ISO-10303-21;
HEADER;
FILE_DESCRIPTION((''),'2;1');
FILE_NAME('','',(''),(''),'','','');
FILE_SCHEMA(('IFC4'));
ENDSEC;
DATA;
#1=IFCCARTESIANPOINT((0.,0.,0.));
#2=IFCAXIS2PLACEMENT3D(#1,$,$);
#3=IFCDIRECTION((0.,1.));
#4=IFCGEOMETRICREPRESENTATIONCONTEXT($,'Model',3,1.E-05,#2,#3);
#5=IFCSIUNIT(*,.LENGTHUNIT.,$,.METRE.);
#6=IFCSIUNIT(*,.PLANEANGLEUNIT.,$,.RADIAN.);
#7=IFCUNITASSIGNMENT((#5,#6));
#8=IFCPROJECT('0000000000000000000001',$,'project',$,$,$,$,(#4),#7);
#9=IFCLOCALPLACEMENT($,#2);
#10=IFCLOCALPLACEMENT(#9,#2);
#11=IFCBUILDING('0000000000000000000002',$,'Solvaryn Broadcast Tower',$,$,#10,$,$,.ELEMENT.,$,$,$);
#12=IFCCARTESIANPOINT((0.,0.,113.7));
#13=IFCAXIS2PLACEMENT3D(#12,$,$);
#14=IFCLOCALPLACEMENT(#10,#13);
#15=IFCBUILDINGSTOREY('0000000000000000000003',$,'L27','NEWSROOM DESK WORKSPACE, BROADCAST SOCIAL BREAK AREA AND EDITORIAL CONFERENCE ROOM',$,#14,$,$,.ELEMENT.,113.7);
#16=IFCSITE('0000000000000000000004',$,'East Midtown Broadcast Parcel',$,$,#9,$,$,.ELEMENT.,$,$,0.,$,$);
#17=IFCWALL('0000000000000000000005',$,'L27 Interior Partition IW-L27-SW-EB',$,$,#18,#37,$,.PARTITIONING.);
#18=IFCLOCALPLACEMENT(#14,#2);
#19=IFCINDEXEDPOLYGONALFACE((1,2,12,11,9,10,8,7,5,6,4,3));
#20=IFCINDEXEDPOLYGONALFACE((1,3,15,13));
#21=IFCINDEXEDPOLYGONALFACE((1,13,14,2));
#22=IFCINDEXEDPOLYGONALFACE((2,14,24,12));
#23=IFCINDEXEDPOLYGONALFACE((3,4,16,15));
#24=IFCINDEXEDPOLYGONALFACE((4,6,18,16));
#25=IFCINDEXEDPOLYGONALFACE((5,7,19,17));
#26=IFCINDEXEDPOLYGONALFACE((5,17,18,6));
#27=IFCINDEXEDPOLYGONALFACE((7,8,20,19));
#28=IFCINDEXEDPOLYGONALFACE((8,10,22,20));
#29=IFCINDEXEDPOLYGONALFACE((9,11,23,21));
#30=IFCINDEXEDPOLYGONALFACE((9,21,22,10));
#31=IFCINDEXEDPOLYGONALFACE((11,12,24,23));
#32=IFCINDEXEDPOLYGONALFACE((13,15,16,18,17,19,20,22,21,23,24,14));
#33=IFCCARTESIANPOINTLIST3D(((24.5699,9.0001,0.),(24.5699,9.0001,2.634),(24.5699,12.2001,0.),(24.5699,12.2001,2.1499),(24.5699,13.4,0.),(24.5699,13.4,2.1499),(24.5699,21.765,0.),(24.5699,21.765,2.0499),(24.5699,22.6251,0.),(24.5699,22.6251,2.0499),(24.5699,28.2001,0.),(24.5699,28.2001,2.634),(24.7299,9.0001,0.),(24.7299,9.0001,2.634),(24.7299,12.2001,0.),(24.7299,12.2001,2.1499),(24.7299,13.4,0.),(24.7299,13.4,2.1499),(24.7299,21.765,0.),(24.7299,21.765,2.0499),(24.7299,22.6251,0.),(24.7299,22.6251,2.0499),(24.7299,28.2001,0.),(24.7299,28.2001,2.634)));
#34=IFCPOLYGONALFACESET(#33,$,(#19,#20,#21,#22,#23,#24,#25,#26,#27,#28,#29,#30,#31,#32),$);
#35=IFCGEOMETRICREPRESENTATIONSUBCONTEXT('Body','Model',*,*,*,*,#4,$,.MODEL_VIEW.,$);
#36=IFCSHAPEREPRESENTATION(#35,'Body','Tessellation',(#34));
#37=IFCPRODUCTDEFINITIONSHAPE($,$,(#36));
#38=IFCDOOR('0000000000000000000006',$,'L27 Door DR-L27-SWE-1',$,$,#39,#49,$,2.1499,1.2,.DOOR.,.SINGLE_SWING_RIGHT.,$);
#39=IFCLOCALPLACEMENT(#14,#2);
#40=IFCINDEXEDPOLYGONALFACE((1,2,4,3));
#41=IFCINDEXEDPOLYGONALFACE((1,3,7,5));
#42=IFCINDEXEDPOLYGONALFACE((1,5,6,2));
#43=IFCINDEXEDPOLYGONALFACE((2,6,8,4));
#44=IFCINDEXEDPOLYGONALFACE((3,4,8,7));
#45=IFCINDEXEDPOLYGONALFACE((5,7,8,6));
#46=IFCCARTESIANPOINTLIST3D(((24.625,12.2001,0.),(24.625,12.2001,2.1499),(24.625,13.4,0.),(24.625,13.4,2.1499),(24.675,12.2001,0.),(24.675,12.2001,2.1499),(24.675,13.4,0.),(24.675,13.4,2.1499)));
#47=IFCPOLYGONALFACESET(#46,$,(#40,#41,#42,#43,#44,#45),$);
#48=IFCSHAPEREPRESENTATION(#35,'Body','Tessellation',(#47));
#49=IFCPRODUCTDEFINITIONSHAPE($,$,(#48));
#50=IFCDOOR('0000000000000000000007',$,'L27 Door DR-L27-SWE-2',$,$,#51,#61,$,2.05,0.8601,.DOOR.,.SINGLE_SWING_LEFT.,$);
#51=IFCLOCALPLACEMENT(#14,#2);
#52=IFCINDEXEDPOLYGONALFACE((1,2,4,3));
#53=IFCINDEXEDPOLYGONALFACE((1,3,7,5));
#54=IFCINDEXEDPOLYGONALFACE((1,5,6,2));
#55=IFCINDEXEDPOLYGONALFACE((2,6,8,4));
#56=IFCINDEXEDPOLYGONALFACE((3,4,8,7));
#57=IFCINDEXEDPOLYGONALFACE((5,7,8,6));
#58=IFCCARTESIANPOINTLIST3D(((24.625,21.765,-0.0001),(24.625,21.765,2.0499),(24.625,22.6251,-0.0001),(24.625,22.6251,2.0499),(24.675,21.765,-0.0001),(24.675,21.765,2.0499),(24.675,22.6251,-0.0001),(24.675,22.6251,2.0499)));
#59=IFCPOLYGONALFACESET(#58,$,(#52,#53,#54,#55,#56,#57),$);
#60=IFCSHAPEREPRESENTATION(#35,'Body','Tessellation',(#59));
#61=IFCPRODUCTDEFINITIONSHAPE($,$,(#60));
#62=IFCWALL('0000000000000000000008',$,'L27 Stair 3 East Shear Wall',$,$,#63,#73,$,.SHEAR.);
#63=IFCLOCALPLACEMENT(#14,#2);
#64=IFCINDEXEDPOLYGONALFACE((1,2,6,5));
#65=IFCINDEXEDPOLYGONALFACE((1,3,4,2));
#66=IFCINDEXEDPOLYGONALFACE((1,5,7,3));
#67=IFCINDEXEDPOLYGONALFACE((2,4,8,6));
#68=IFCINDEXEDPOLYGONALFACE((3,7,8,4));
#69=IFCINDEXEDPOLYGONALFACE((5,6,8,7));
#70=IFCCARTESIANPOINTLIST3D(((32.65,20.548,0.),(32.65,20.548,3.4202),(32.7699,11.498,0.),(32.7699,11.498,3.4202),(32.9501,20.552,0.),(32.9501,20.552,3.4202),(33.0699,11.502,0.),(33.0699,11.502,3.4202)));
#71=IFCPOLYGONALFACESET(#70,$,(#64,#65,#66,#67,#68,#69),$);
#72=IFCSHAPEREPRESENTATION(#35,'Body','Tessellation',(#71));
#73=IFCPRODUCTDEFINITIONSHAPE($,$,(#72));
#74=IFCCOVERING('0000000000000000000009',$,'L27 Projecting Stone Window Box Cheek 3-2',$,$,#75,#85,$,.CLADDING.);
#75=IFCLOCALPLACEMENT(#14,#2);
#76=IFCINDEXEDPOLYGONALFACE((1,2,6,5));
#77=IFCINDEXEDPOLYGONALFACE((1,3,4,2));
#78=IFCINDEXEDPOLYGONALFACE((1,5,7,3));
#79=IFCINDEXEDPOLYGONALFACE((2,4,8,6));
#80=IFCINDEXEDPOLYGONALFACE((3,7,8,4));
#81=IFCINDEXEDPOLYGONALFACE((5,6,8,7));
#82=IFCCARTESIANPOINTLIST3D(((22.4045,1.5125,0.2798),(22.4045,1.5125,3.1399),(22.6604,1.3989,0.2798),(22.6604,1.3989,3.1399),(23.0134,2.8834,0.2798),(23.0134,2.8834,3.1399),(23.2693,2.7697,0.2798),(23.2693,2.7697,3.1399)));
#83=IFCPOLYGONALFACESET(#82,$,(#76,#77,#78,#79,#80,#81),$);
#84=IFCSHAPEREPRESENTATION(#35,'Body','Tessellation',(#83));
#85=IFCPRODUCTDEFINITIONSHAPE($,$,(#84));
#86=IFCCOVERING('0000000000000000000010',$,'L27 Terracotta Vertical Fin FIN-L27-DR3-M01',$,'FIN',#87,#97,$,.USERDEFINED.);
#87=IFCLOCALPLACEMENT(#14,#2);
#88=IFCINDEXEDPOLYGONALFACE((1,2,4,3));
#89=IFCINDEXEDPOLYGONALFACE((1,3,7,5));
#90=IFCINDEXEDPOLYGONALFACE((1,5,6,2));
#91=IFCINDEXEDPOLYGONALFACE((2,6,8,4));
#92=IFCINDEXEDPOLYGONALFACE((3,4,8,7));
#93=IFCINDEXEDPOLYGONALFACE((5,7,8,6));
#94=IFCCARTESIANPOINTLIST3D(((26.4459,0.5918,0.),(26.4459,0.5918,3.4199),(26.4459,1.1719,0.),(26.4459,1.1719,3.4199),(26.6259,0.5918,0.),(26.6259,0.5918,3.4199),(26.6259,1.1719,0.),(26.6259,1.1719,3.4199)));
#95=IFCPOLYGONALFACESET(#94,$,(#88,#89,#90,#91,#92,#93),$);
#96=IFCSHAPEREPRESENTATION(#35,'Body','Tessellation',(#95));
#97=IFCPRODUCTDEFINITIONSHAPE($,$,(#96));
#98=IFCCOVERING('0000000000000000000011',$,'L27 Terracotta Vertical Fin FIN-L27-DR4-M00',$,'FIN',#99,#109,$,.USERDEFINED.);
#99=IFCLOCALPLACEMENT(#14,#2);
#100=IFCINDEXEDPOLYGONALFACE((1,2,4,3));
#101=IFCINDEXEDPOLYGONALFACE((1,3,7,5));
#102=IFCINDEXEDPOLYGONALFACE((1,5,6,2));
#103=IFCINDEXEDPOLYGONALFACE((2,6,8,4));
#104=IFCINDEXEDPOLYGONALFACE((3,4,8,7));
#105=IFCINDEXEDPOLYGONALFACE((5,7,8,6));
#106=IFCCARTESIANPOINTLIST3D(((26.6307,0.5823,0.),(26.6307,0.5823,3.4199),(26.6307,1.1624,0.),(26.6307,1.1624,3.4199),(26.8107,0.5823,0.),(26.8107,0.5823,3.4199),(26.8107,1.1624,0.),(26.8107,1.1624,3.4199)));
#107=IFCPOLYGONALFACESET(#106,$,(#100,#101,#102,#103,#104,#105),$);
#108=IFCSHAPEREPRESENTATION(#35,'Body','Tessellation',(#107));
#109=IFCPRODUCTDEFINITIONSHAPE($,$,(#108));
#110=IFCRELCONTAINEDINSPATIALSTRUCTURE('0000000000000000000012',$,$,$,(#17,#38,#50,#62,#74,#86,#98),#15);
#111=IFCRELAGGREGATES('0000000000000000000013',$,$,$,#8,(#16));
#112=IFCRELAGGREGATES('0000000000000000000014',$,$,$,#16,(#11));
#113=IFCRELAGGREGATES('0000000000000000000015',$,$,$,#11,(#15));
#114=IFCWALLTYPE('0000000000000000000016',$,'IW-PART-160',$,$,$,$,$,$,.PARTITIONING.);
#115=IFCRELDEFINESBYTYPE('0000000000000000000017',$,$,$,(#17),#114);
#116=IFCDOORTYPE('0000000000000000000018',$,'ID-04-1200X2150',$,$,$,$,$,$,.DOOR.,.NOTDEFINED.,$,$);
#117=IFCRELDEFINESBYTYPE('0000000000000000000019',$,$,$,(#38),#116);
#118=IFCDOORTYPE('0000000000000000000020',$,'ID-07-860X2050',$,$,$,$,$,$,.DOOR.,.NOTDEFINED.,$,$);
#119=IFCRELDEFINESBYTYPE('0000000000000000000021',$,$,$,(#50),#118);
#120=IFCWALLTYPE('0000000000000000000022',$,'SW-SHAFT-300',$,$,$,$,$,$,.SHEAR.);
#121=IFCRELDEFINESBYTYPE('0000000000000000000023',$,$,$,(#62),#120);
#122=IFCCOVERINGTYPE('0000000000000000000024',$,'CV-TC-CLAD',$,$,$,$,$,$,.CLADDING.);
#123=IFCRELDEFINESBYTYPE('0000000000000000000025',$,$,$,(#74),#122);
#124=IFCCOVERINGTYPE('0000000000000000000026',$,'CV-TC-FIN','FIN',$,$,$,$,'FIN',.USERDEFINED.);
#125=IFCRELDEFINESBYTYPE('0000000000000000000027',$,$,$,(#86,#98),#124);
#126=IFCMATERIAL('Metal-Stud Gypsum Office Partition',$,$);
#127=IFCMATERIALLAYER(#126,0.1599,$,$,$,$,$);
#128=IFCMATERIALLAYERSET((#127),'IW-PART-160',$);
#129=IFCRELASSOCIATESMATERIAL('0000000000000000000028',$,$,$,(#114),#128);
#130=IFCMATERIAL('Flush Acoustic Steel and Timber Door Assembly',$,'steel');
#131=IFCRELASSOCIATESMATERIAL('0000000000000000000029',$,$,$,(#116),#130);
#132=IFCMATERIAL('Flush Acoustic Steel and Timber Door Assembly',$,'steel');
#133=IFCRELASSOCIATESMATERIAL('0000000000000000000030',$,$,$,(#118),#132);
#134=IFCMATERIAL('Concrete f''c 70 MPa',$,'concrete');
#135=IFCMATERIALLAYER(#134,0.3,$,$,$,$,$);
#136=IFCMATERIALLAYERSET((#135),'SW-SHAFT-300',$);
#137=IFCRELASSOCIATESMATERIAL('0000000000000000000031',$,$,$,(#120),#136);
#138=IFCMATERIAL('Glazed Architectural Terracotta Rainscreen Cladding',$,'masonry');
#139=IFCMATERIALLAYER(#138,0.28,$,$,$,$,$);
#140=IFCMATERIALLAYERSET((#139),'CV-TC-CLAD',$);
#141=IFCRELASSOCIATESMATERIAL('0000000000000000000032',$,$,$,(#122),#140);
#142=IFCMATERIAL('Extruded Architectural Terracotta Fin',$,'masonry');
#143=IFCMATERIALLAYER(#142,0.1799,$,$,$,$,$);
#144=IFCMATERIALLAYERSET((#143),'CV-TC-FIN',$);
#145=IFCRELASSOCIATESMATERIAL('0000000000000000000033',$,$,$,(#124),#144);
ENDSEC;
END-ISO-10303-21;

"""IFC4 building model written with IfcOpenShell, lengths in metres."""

from ifc_helpers import new_model, si_unit, direction, frame, frame_2d, origin, origin_2d, place, context, subcontext, project, spatial, rectangle, extrude, material, layer, layer_set, type_object, element, fill, save


model = new_model("IFC4")

# Units and contexts
model_context = context("Model", 3, precision=1e-05, world=origin(), true_north=direction((0.0, 1.0)))
body_context = subcontext(model_context, "Body", "Model", "MODEL_VIEW")
ifc_project = project(units=[si_unit("LENGTHUNIT", "METRE"), si_unit("PLANEANGLEUNIT", "RADIAN")], contexts=[model_context])

# Site, building, storey
site_placement = place(None, origin())
site = spatial("IfcSite", under=ifc_project, at=site_placement, Name="East Midtown Broadcast Parcel", CompositionType="ELEMENT", RefElevation=0.0)
building_placement = place(site_placement, origin())
building = spatial("IfcBuilding", under=site, at=building_placement, Name="Solvaryn Broadcast Tower", CompositionType="ELEMENT")
storey_placement = place(building_placement, frame((0.0, 0.0, 113.7)))
storey = spatial("IfcBuildingStorey", under=building, at=storey_placement, Name="L27", Description="NEWSROOM DESK WORKSPACE, BROADCAST SOCIAL BREAK AREA AND EDITORIAL CONFERENCE ROOM", CompositionType="ELEMENT", Elevation=113.7)

# Wall, openings, doors
ifc_material_1 = material(Name="Metal-Stud Gypsum Office Partition")
ifc_layer_1 = layer(ifc_material_1, 0.1599)
ifc_layer_set_1 = layer_set([ifc_layer_1], Name="IW-PART-160")
wall_type_1 = type_object("IfcWallType", Name="IW-PART-160", PredefinedType="PARTITIONING", material=ifc_layer_set_1)
wall_1_placement = place(storey_placement, frame((24.6499, 9.0, 0.0), z_axis=(0.0, 0.0, 1.0), x_axis=(0.0, 1.0, 0.0)))
wall_1 = element("IfcWall", 1, at=wall_1_placement, inside=storey, type_object=wall_type_1, Name="L27 Interior Partition IW-L27-SW-EB", PredefinedType="PARTITIONING", context=body_context, shape_type="SweptSolid", body=[
    extrude(rectangle(XDim=19.2, YDim=0.1599, at=frame_2d((9.6001, 0.0))), origin(), (0.0, 0.0, 1.0), 2.634),
])
opening_1_placement = place(wall_1_placement, frame((3.2, 0.0, 0.0)))
opening_1 = element("IfcOpeningElement", 2, at=opening_1_placement, cuts=wall_1, PredefinedType="OPENING", context=body_context, shape_type="SweptSolid", body=[
    extrude(rectangle(XDim=1.2, YDim=2.1499, at=frame_2d((0.6001, 1.075))), frame((0.0, 0.0901, 0.0), z_axis=(0.0, -1.0, 0.0), x_axis=(1.0, 0.0, 0.0)), (0.0, 0.0, 1.0), 0.1799),
])
opening_2_placement = place(wall_1_placement, frame((12.7649, 0.0, 0.0)))
opening_2 = element("IfcOpeningElement", 3, at=opening_2_placement, cuts=wall_1, PredefinedType="OPENING", context=body_context, shape_type="SweptSolid", body=[
    extrude(rectangle(XDim=0.8601, YDim=2.05, at=frame_2d((0.4302, 1.0249))), frame((0.0, 0.0901, 0.0), z_axis=(0.0, -1.0, 0.0), x_axis=(1.0, 0.0, 0.0)), (0.0, 0.0, 1.0), 0.1799),
])
ifc_material_2 = material(Name="Flush Acoustic Steel and Timber Door Assembly", Category="steel")
door_type_1 = type_object("IfcDoorType", Name="ID-04-1200X2150", OperationType="NOTDEFINED", PredefinedType="DOOR", material=ifc_material_2)
door_1_placement = place(opening_1_placement, origin())
door_1 = element("IfcDoor", 4, at=door_1_placement, inside=storey, type_object=door_type_1, Name="L27 Door DR-L27-SWE-1", OperationType="SINGLE_SWING_RIGHT", OverallHeight=2.1499, OverallWidth=1.2, PredefinedType="DOOR", context=body_context, shape_type="SweptSolid", body=[
    extrude(rectangle(XDim=1.2, YDim=2.1499, at=frame_2d((0.6001, 1.075))), frame((0.0, 0.0249, 0.0), z_axis=(0.0, -1.0, 0.0), x_axis=(1.0, 0.0, 0.0)), (0.0, 0.0, 1.0), 0.05),
])
fill(opening_1, door_1)
ifc_material_3 = material(Name="Flush Acoustic Steel and Timber Door Assembly", Category="steel")
door_type_2 = type_object("IfcDoorType", Name="ID-07-860X2050", OperationType="NOTDEFINED", PredefinedType="DOOR", material=ifc_material_3)
door_2_placement = place(opening_2_placement, origin())
door_2 = element("IfcDoor", 5, at=door_2_placement, inside=storey, type_object=door_type_2, Name="L27 Door DR-L27-SWE-2", OperationType="SINGLE_SWING_LEFT", OverallHeight=2.05, OverallWidth=0.8601, PredefinedType="DOOR", context=body_context, shape_type="SweptSolid", body=[
    extrude(rectangle(XDim=0.8601, YDim=2.05, at=frame_2d((0.4302, 1.0249))), frame((0.0, 0.0249, 0.0), z_axis=(0.0, -1.0, 0.0), x_axis=(1.0, 0.0, 0.0)), (0.0, 0.0, 1.0), 0.05),
])
fill(opening_2, door_2)

# Wall
ifc_material_4 = material(Name="Concrete f'c 70 MPa", Category="concrete")
ifc_layer_2 = layer(ifc_material_4, 0.3)
ifc_layer_set_2 = layer_set([ifc_layer_2], Name="SW-SHAFT-300")
wall_type_2 = type_object("IfcWallType", Name="SW-SHAFT-300", PredefinedType="SHEAR", material=ifc_layer_set_2)
wall_2_placement = place(storey_placement, frame((32.9199, 11.5, 0.0), z_axis=(0.0, 0.0, 1.0), x_axis=(-0.013244, 0.999912, 0.0)))
element("IfcWall", 6, at=wall_2_placement, inside=storey, type_object=wall_type_2, Name="L27 Stair 3 East Shear Wall", PredefinedType="SHEAR", context=body_context, shape_type="SweptSolid", body=[
    extrude(rectangle(XDim=9.0508, YDim=0.3, at=frame_2d((4.5254, 0.0))), origin(), (0.0, 0.0, 1.0), 3.4202),
])

# Coverings
ifc_material_5 = material(Name="Glazed Architectural Terracotta Rainscreen Cladding", Category="masonry")
ifc_layer_3 = layer(ifc_material_5, 0.28)
ifc_layer_set_3 = layer_set([ifc_layer_3], Name="CV-TC-CLAD")
covering_type_1 = type_object("IfcCoveringType", Name="CV-TC-CLAD", PredefinedType="CLADDING", material=ifc_layer_set_3)
covering_placement = place(storey_placement, frame((22.8369, 2.1411, 0.2798), z_axis=(0.0, 0.0, 1.0), x_axis=(0.9139, -0.405939, 0.0)))
element("IfcCovering", 7, at=covering_placement, inside=storey, type_object=covering_type_1, Name="L27 Projecting Stone Window Box Cheek 3-2", PredefinedType="CLADDING", context=body_context, shape_type="SweptSolid", body=[
    extrude(rectangle(XDim=0.28, YDim=1.5, at=origin_2d()), origin(), (0.0, 0.0, 1.0), 2.8601),
])
ifc_material_6 = material(Name="Extruded Architectural Terracotta Fin", Category="masonry")
ifc_layer_4 = layer(ifc_material_6, 0.1799)
ifc_layer_set_4 = layer_set([ifc_layer_4], Name="CV-TC-FIN")
covering_type_2 = type_object("IfcCoveringType", Name="CV-TC-FIN", Description="FIN", ElementType="FIN", PredefinedType="USERDEFINED", material=ifc_layer_set_4)
for number, where, z_axis, x_axis, name in (
    (8, (26.5359, 0.8818, 0.0), (0.0, 0.0, 1.0), (1.0, 0.0, 0.0), "L27 Terracotta Vertical Fin FIN-L27-DR3-M01"),
    (9, (26.7207, 0.8723, 0.0), (0.0, 0.0, 1.0), (1.0, 0.0, 0.0), "L27 Terracotta Vertical Fin FIN-L27-DR4-M00"),
):
    element("IfcCovering", number, at=place(storey_placement, frame(where, z_axis=z_axis, x_axis=x_axis)), inside=storey, type_object=covering_type_2, Name=name, ObjectType="FIN", PredefinedType="USERDEFINED", context=body_context, shape_type="SweptSolid", body=[
        extrude(rectangle(XDim=0.1799, YDim=0.5801, at=origin_2d()), origin(), (0.0, 0.0, 1.0), 3.4199),
    ])

save(model, "model.ifc")
